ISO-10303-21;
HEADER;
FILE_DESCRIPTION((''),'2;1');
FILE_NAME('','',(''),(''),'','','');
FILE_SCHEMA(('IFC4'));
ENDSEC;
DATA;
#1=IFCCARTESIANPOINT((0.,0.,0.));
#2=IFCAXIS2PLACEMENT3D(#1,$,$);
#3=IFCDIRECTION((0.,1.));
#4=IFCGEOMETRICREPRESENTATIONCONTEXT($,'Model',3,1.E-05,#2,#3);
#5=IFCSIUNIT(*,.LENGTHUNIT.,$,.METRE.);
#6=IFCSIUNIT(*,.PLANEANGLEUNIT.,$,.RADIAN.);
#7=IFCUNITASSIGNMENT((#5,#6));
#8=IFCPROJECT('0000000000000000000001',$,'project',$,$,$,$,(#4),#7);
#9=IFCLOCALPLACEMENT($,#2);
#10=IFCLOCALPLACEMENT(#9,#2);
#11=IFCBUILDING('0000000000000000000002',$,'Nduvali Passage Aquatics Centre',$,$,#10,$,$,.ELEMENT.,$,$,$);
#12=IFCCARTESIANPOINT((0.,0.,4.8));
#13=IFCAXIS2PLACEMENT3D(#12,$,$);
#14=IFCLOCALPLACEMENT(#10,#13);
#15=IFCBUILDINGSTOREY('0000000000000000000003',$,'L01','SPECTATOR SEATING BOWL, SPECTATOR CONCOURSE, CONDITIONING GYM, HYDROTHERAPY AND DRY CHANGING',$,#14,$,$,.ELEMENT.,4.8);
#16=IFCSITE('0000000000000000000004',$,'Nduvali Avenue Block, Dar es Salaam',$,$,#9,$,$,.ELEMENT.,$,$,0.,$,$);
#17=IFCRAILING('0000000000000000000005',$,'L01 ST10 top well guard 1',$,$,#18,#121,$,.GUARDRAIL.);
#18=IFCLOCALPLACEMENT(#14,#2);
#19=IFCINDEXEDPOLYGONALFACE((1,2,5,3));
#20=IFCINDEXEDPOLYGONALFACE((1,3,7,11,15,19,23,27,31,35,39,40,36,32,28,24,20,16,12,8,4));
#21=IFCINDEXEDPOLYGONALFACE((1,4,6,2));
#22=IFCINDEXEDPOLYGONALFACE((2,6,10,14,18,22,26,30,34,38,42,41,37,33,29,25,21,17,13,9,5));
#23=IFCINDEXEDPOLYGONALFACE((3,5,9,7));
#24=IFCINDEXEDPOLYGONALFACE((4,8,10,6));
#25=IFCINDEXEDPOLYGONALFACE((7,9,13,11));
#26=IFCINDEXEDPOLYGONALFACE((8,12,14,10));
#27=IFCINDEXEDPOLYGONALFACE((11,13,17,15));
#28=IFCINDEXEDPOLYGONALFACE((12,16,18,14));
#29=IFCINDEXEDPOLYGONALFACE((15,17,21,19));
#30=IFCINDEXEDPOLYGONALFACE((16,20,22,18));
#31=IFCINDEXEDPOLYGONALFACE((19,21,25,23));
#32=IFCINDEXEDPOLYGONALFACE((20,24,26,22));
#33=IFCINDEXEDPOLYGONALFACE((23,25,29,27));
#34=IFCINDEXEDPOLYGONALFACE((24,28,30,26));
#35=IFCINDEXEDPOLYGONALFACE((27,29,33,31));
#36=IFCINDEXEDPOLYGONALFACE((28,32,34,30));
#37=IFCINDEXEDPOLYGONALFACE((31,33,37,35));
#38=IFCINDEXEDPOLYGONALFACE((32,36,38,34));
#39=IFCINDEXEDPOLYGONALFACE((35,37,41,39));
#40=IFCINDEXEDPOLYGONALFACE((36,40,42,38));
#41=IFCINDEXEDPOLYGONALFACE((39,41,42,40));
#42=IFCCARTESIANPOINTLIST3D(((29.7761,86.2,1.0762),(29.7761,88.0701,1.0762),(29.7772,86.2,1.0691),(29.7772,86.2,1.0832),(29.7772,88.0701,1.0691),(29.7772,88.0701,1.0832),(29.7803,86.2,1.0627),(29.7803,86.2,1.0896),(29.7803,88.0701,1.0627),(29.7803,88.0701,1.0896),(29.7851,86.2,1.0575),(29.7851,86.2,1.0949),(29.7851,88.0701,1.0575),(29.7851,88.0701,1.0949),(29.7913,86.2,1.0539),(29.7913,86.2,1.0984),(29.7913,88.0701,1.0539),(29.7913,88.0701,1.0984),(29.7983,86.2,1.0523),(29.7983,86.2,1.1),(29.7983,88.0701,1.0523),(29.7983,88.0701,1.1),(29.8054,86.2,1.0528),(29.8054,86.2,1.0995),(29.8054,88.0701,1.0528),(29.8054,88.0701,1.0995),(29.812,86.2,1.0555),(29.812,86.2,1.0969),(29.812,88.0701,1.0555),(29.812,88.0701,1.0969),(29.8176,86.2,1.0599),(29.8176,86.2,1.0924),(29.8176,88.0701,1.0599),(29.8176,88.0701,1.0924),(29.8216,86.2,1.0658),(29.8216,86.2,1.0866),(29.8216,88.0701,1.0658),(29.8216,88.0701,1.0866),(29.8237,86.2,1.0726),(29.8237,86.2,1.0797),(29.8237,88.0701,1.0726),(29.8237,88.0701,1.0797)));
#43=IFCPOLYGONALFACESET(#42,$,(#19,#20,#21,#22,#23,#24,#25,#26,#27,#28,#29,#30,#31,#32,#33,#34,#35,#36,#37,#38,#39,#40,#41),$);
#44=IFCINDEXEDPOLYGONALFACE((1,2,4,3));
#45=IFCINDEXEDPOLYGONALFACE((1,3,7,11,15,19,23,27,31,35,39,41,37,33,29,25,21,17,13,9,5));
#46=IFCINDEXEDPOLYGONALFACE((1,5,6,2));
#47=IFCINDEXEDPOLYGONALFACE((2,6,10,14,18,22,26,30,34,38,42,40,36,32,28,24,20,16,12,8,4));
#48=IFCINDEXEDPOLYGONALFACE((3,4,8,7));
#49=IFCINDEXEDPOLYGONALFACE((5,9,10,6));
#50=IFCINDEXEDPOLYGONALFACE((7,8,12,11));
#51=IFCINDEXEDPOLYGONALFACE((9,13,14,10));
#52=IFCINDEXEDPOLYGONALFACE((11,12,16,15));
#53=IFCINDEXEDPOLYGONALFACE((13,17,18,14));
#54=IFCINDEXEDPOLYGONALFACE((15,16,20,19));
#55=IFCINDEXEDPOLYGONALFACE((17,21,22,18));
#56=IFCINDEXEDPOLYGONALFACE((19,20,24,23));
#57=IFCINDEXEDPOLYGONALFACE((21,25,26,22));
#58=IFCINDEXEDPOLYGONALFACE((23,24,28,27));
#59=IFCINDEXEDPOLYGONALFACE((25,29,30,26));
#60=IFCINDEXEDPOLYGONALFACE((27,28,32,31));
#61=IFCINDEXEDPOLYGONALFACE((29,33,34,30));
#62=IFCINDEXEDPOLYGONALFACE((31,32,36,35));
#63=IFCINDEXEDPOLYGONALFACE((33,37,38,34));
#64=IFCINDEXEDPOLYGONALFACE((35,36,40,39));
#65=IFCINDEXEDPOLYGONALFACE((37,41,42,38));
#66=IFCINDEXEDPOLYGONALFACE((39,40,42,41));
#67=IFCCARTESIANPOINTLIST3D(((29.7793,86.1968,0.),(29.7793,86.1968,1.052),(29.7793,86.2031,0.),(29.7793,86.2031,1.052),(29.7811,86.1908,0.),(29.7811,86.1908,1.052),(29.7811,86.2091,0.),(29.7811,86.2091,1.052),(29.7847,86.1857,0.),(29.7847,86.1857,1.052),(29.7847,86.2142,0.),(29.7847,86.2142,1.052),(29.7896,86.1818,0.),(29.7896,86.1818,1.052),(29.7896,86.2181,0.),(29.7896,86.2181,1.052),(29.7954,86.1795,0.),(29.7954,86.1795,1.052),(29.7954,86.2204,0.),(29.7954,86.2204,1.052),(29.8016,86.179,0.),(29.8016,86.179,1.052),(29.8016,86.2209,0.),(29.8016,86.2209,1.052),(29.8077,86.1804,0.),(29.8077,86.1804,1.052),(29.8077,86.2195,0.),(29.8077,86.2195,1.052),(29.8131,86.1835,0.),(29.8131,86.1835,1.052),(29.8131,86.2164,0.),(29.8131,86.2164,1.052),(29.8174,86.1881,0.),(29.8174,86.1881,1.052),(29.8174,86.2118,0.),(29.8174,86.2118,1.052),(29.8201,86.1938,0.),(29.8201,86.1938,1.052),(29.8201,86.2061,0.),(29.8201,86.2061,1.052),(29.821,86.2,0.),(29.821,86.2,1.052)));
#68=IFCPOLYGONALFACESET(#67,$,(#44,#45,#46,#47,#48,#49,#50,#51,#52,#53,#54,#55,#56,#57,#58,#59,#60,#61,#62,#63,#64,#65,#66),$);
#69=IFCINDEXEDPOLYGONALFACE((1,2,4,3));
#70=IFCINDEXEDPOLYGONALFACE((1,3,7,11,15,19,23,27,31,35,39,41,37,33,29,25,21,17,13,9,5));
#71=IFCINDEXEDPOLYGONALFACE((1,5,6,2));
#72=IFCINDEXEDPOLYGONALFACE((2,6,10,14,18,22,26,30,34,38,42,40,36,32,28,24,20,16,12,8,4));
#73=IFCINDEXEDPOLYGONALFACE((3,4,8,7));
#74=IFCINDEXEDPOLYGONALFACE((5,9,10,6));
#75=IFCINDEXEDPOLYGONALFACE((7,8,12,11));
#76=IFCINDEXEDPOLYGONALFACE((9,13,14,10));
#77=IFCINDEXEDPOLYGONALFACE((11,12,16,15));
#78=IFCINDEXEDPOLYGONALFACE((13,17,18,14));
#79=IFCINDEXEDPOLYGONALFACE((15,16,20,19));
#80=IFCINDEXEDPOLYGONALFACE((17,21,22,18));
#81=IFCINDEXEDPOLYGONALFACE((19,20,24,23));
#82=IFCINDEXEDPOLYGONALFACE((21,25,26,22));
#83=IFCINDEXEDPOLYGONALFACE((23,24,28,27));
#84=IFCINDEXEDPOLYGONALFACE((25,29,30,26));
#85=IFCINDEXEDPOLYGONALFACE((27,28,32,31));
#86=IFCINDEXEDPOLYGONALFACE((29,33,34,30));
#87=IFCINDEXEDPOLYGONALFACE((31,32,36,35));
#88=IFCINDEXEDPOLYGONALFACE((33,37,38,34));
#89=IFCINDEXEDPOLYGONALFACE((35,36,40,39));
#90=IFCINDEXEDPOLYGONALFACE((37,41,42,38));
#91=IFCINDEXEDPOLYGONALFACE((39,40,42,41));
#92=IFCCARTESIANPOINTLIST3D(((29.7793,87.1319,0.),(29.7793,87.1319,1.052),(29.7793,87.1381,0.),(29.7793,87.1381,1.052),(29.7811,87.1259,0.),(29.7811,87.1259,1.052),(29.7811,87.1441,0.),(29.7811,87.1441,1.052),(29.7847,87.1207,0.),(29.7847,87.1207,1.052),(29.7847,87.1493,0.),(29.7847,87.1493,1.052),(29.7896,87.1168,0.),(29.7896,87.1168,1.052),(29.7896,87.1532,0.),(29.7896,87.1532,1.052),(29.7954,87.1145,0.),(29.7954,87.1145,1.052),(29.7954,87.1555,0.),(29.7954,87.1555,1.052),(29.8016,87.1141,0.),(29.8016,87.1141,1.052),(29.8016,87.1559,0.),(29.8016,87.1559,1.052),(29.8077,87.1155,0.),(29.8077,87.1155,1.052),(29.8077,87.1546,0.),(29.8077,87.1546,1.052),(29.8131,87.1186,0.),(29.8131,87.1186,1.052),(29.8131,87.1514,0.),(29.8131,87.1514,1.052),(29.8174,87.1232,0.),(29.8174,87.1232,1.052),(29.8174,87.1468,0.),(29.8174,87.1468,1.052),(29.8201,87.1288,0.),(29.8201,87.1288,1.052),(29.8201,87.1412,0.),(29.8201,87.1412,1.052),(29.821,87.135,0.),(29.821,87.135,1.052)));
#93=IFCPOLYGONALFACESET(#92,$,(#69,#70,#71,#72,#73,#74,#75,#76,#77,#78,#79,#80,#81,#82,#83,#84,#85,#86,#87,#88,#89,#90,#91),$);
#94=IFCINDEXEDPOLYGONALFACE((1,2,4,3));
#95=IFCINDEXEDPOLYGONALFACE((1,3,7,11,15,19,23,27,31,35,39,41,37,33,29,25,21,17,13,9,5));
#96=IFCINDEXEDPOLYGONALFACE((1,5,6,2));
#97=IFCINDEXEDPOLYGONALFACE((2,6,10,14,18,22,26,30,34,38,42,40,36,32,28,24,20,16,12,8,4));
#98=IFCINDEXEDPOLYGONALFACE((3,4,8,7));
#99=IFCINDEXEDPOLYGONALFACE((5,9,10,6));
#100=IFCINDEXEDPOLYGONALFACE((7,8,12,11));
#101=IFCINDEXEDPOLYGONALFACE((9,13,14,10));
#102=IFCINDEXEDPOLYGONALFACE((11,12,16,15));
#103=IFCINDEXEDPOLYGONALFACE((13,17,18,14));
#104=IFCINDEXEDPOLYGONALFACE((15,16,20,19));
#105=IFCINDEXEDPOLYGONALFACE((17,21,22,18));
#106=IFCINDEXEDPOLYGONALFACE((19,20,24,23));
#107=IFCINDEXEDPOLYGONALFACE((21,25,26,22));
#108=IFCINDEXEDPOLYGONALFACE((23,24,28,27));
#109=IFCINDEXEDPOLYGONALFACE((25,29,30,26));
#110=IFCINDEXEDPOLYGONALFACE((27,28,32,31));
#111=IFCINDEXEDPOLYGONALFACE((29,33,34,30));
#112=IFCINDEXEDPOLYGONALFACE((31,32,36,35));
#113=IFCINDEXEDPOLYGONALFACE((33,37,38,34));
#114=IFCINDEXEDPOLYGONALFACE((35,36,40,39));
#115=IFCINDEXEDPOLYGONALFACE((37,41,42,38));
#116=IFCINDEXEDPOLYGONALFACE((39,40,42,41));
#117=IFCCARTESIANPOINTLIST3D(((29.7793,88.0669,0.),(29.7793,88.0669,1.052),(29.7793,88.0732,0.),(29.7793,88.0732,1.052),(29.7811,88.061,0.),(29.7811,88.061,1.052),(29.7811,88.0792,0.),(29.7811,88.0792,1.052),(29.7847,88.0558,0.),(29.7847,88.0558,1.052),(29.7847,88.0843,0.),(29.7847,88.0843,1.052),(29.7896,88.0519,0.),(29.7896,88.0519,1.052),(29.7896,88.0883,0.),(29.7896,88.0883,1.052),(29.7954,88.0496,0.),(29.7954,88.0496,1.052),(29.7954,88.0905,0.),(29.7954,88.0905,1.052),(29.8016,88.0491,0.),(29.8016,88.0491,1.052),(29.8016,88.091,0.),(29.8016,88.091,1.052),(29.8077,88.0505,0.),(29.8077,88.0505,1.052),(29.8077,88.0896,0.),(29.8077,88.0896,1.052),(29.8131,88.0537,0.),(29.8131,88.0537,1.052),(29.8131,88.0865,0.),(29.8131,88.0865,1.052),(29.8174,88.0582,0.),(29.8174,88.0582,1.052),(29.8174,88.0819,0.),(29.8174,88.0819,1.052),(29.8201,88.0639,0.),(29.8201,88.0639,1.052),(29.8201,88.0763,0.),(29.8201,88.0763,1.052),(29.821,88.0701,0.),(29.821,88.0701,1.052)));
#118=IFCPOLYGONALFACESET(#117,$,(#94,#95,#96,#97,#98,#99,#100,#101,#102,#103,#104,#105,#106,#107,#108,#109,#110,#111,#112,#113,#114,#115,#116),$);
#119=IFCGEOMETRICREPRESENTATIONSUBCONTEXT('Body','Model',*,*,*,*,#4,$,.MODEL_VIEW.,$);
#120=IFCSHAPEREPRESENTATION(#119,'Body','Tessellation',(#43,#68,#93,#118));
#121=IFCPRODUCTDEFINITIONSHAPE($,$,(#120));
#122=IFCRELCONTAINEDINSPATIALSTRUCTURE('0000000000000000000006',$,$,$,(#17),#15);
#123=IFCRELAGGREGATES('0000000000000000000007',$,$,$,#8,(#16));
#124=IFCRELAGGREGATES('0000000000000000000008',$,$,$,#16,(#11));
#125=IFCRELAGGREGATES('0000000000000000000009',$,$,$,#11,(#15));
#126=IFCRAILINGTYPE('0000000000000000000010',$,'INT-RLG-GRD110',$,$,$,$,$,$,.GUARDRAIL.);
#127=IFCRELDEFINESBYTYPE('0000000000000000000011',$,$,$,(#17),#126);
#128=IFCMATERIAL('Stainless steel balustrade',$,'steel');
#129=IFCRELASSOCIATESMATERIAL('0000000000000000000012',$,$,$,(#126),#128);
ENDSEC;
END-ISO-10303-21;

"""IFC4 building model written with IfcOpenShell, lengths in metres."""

from ifc_helpers import new_model, si_unit, direction, frame, origin, origin_2d, place, context, subcontext, project, spatial, circle, extrude, material, type_object, element, save


model = new_model("IFC4")

# Units and contexts
model_context = context("Model", 3, precision=1e-05, world=origin(), true_north=direction((0.0, 1.0)))
body_context = subcontext(model_context, "Body", "Model", "MODEL_VIEW")
ifc_project = project(units=[si_unit("LENGTHUNIT", "METRE"), si_unit("PLANEANGLEUNIT", "RADIAN")], contexts=[model_context])

# Site, building, storey
site_placement = place(None, origin())
site = spatial("IfcSite", under=ifc_project, at=site_placement, Name="Nduvali Avenue Block, Dar es Salaam", CompositionType="ELEMENT", RefElevation=0.0)
building_placement = place(site_placement, origin())
building = spatial("IfcBuilding", under=site, at=building_placement, Name="Nduvali Passage Aquatics Centre", CompositionType="ELEMENT")
storey_placement = place(building_placement, frame((0.0, 0.0, 4.8)))
storey = spatial("IfcBuildingStorey", under=building, at=storey_placement, Name="L01", Description="SPECTATOR SEATING BOWL, SPECTATOR CONCOURSE, CONDITIONING GYM, HYDROTHERAPY AND DRY CHANGING", CompositionType="ELEMENT", Elevation=4.8)

# Railing
ifc_material_1 = material(Name="Stainless steel balustrade", Category="steel")
railing_type = type_object("IfcRailingType", Name="INT-RLG-GRD110", PredefinedType="GUARDRAIL", material=ifc_material_1)
railing_placement = place(storey_placement, frame((29.8, 86.2, 0.0)))
element("IfcRailing", 1, at=railing_placement, inside=storey, type_object=railing_type, Name="L01 ST10 top well guard 1", PredefinedType="GUARDRAIL", context=body_context, shape_type="SweptSolid", body=[
    extrude(circle(Radius=0.0239, at=origin_2d()), frame((0.0, 0.0, 1.0762), z_axis=(0.0, 1.0, 0.0), x_axis=(-1.0, 0.0, 0.0)), (0.0, 0.0, 1.0), 1.8701),
    extrude(circle(Radius=0.021, at=origin_2d()), origin(), (0.0, 0.0, 1.0), 1.052),
    extrude(circle(Radius=0.021, at=origin_2d()), frame((0.0, 0.9351, 0.0)), (0.0, 0.0, 1.0), 1.052),
    extrude(circle(Radius=0.021, at=origin_2d()), frame((0.0, 1.8701, 0.0)), (0.0, 0.0, 1.0), 1.052),
])

save(model, "model.ifc")
